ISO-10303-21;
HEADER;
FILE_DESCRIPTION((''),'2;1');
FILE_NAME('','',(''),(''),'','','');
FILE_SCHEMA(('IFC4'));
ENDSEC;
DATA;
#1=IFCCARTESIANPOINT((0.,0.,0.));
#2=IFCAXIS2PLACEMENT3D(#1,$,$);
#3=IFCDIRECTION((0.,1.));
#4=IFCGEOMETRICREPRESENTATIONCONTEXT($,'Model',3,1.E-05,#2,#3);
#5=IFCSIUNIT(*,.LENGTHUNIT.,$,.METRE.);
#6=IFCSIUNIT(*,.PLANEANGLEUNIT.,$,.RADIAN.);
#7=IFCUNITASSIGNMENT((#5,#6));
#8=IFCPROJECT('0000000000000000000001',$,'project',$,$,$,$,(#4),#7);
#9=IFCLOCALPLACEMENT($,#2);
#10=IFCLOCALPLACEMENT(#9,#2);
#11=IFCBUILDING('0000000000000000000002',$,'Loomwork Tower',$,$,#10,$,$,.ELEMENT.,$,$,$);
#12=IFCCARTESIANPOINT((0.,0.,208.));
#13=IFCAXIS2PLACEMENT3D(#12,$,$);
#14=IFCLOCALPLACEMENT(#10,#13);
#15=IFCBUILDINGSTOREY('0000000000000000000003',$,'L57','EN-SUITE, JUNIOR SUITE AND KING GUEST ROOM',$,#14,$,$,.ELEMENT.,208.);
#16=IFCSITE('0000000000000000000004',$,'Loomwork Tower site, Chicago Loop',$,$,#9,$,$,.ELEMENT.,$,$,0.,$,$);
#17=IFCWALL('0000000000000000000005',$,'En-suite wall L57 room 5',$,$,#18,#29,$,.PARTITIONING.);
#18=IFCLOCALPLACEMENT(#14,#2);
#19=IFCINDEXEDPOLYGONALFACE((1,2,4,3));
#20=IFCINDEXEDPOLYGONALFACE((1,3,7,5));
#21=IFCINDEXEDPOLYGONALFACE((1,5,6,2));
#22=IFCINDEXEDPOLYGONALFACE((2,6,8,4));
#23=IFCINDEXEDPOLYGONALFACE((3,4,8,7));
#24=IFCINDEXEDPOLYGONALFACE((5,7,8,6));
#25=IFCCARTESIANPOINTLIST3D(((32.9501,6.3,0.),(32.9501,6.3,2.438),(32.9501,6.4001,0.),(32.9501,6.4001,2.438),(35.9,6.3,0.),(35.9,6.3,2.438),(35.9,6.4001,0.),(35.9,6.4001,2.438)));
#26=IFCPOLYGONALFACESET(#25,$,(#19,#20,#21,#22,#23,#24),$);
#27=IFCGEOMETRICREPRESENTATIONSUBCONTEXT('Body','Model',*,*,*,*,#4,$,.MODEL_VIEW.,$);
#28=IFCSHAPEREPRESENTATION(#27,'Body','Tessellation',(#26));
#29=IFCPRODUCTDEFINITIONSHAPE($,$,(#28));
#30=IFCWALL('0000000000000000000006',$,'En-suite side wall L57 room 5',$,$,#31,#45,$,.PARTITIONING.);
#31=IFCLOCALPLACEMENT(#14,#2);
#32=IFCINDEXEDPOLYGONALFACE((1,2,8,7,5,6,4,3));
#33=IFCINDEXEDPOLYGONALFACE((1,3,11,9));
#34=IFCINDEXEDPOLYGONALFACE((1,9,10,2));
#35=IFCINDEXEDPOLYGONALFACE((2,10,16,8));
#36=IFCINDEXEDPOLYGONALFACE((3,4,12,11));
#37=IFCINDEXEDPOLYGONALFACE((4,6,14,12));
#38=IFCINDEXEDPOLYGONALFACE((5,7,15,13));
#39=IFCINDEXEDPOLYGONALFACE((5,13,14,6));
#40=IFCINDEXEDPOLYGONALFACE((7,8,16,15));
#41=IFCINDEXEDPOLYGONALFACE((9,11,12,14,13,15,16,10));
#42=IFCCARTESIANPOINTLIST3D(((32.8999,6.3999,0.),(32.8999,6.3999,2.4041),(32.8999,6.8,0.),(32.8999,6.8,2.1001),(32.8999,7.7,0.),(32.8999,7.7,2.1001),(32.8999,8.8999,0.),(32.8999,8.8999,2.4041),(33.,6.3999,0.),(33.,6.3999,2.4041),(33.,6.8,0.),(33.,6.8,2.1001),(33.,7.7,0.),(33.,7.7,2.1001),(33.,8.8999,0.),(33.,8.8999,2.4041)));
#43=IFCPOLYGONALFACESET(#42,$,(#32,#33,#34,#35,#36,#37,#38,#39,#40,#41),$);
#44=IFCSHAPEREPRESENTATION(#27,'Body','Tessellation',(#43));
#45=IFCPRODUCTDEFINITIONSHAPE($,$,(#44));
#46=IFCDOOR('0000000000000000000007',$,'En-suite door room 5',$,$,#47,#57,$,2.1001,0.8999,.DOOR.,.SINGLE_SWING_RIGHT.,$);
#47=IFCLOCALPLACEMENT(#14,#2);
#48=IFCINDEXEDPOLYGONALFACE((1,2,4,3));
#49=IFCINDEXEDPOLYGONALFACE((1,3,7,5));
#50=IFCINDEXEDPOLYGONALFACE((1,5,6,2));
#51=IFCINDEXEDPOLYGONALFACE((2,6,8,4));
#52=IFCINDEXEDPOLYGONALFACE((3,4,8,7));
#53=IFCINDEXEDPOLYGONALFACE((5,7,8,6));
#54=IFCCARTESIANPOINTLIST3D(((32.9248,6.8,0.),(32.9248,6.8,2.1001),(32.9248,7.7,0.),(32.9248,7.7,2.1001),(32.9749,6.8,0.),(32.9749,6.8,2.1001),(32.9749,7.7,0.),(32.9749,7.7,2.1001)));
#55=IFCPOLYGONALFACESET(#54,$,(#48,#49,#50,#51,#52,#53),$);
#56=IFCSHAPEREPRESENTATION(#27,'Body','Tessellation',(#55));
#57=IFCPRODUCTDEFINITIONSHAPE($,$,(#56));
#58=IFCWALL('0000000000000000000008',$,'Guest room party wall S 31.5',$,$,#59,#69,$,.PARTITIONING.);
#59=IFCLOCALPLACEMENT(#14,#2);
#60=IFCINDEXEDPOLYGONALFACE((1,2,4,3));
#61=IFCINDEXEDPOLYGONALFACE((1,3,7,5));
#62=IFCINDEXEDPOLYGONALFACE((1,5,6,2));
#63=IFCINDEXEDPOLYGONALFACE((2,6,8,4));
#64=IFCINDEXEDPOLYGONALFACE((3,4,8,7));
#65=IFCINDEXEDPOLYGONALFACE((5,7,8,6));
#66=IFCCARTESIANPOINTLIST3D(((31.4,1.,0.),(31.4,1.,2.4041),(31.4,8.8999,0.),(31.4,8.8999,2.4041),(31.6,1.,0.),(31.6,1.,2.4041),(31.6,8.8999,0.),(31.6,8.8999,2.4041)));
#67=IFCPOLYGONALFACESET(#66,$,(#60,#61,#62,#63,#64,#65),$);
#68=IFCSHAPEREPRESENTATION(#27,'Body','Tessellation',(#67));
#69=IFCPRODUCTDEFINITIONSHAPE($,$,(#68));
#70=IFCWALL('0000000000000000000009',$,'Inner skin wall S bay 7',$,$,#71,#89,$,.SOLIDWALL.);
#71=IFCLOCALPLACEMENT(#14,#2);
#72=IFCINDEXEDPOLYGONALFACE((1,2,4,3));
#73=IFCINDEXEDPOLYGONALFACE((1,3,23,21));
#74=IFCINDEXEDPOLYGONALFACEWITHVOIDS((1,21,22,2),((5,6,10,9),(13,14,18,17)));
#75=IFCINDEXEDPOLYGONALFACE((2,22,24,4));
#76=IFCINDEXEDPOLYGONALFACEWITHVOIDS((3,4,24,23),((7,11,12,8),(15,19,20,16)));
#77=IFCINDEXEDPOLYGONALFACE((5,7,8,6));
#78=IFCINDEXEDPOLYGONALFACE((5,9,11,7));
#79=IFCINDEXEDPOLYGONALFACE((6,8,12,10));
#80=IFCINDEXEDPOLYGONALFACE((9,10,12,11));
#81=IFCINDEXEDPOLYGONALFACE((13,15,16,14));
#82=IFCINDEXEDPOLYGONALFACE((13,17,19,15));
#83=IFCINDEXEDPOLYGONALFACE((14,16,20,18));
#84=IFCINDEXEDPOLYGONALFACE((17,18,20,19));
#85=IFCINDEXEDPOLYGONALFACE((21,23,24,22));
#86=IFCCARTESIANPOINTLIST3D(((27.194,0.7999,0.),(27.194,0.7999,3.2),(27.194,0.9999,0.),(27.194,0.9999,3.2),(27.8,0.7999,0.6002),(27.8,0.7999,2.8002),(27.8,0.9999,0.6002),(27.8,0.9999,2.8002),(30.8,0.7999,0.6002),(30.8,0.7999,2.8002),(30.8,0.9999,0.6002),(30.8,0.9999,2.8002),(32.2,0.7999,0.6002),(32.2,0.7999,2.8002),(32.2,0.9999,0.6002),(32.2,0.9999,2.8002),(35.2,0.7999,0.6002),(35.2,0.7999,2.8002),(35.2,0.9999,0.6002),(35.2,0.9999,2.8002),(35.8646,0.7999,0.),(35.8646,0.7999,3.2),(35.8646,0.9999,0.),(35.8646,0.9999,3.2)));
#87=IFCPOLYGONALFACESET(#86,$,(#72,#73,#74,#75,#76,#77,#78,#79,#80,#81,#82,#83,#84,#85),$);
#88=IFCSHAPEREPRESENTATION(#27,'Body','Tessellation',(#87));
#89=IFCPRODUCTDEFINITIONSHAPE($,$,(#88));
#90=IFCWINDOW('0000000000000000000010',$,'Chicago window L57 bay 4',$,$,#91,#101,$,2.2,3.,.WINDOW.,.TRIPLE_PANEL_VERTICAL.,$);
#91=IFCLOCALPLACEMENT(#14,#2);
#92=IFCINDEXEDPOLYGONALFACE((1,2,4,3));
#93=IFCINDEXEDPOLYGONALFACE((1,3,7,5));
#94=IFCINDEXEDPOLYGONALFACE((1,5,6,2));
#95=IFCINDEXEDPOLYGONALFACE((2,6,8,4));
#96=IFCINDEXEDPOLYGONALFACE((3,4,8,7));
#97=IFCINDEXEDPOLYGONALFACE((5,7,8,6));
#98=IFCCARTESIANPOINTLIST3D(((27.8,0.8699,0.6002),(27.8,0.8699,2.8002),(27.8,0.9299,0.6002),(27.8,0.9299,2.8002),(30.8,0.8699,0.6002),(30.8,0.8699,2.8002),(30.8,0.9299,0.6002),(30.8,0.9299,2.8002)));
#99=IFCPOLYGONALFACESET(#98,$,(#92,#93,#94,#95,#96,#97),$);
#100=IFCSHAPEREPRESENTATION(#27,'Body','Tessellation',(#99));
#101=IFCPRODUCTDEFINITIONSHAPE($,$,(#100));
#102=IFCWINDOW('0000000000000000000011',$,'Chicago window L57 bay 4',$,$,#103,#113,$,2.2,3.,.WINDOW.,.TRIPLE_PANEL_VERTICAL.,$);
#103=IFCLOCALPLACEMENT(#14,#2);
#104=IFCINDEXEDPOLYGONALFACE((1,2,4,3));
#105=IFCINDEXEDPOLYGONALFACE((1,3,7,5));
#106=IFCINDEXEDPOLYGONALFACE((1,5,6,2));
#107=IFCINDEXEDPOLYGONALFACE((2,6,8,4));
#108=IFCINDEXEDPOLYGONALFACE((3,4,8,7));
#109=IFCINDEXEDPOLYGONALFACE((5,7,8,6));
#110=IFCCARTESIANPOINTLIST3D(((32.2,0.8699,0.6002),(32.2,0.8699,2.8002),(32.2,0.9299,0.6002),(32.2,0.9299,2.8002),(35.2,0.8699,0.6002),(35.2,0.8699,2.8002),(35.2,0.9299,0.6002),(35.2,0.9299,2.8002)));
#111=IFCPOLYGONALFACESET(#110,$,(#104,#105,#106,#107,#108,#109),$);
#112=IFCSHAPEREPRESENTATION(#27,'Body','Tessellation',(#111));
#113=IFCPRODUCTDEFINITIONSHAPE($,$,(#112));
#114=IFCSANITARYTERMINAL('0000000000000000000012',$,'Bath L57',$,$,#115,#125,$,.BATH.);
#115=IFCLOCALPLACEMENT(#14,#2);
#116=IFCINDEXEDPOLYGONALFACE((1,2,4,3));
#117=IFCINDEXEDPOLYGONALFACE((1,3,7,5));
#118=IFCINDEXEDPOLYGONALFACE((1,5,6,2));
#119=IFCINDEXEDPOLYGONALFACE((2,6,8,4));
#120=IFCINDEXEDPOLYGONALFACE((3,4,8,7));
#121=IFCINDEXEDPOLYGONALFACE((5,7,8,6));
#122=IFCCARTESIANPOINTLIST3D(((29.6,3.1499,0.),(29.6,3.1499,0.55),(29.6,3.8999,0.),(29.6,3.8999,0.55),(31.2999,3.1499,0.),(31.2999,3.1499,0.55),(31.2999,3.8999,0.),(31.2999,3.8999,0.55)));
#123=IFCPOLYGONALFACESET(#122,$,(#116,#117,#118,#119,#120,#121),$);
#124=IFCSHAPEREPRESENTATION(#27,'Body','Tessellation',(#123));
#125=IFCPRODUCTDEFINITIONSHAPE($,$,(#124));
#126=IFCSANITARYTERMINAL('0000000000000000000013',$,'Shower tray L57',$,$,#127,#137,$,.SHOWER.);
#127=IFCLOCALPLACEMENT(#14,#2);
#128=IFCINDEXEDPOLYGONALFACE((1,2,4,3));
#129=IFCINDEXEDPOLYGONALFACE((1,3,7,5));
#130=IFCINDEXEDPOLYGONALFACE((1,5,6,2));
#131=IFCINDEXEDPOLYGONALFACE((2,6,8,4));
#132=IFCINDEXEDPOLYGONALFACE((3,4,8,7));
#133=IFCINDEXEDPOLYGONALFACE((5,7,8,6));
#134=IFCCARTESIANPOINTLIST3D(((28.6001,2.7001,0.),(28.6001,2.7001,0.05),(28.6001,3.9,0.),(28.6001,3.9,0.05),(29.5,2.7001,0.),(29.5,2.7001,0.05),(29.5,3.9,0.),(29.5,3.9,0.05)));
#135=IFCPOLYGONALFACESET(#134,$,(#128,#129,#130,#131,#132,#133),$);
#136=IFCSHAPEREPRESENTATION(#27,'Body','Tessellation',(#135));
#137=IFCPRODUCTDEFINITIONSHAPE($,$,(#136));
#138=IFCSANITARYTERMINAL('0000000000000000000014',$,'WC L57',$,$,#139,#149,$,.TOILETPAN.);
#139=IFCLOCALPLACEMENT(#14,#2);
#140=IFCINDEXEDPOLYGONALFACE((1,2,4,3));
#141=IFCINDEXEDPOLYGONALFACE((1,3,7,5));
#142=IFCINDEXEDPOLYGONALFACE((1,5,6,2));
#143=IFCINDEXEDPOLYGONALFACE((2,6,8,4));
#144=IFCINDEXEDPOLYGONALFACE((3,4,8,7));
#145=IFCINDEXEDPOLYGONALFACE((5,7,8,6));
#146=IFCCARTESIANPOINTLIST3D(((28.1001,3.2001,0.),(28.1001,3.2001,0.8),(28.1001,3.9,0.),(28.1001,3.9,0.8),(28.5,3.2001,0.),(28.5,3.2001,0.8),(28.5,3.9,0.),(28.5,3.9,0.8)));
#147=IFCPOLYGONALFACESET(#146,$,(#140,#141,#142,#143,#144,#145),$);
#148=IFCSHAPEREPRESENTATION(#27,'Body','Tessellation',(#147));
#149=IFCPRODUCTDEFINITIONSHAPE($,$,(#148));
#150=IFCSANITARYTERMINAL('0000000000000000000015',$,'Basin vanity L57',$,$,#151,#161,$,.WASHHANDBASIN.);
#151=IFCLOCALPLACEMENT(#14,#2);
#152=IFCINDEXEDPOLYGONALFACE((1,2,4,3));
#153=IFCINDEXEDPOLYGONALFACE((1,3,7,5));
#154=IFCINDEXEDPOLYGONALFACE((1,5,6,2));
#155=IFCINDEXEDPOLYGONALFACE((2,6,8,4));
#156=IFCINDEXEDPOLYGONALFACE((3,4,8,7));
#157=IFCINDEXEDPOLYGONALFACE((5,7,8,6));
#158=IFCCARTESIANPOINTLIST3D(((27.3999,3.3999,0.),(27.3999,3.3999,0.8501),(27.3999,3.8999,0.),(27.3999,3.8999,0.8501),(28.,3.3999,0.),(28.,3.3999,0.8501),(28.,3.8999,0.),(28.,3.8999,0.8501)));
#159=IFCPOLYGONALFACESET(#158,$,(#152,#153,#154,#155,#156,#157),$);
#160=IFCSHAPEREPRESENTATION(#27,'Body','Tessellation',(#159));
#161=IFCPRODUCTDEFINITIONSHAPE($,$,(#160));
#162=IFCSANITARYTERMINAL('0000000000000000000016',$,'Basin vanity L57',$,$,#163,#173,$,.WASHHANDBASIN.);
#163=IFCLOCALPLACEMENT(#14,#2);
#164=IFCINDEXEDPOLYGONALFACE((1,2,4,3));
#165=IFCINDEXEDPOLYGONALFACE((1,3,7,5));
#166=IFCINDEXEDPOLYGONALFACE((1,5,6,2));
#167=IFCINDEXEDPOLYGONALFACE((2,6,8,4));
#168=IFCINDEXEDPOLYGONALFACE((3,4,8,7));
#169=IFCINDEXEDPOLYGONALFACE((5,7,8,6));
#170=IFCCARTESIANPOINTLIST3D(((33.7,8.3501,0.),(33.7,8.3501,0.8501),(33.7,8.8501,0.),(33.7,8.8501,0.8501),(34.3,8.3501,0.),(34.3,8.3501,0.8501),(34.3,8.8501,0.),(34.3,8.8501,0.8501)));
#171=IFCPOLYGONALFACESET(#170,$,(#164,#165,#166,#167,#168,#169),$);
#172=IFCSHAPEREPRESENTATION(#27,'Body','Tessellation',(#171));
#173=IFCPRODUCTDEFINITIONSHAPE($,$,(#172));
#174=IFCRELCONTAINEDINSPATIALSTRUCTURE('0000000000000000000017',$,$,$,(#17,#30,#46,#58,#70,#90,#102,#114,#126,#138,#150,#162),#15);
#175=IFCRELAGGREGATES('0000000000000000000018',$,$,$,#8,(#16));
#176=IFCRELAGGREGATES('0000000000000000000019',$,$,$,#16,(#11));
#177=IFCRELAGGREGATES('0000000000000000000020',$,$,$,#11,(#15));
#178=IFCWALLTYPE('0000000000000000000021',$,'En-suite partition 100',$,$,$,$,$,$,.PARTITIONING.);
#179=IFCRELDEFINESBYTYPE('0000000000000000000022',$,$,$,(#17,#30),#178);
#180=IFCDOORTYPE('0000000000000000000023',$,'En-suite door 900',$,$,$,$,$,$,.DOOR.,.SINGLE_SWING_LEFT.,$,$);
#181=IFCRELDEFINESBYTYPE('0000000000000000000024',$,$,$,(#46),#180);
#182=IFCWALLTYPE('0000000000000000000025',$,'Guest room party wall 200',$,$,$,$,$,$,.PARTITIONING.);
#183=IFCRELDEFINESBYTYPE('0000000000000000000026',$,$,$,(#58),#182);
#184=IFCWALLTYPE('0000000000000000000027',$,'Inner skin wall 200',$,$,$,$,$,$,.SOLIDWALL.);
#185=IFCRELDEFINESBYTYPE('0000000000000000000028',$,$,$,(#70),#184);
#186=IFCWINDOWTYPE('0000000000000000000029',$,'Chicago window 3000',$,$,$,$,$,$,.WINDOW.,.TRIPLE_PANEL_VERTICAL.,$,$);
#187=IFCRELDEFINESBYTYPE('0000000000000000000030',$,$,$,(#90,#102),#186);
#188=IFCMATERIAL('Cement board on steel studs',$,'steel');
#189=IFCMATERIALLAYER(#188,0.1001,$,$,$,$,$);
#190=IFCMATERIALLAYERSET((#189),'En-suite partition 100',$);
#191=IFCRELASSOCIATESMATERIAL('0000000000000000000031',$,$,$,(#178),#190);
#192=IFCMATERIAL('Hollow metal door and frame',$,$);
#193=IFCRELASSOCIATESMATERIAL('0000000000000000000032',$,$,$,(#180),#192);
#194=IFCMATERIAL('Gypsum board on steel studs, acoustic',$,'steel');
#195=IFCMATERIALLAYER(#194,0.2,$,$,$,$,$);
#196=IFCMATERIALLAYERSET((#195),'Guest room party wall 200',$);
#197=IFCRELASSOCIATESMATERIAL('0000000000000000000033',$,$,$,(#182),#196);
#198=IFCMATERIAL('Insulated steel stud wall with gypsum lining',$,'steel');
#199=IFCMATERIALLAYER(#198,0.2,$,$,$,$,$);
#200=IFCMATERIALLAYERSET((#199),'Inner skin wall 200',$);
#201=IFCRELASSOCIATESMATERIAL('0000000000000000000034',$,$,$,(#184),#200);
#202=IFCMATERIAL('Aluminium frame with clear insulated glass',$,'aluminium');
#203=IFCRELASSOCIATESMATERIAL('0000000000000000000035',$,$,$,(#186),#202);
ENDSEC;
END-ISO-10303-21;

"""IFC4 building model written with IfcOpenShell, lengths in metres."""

from ifc_helpers import new_model, si_unit, direction, frame, frame_2d, origin, origin_2d, place, context, subcontext, project, spatial, rectangle, extrude, material, layer, layer_set, type_object, element, fill, save


model = new_model("IFC4")

# Units and contexts
model_context = context("Model", 3, precision=1e-05, world=origin(), true_north=direction((0.0, 1.0)))
body_context = subcontext(model_context, "Body", "Model", "MODEL_VIEW")
ifc_project = project(units=[si_unit("LENGTHUNIT", "METRE"), si_unit("PLANEANGLEUNIT", "RADIAN")], contexts=[model_context])

# Site, building, storey
site_placement = place(None, origin())
site = spatial("IfcSite", under=ifc_project, at=site_placement, Name="Loomwork Tower site, Chicago Loop", CompositionType="ELEMENT", RefElevation=0.0)
building_placement = place(site_placement, origin())
building = spatial("IfcBuilding", under=site, at=building_placement, Name="Loomwork Tower", CompositionType="ELEMENT")
storey_placement = place(building_placement, frame((0.0, 0.0, 208.0)))
storey = spatial("IfcBuildingStorey", under=building, at=storey_placement, Name="L57", Description="EN-SUITE, JUNIOR SUITE AND KING GUEST ROOM", CompositionType="ELEMENT", Elevation=208.0)

# Wall
ifc_material_1 = material(Name="Cement board on steel studs", Category="steel")
ifc_layer_1 = layer(ifc_material_1, 0.1001)
ifc_layer_set_1 = layer_set([ifc_layer_1], Name="En-suite partition 100")
wall_type_1 = type_object("IfcWallType", Name="En-suite partition 100", PredefinedType="PARTITIONING", material=ifc_layer_set_1)
wall_1_placement = place(storey_placement, frame((32.95, 6.3501, 0.0), z_axis=(0.0, 0.0, 1.0), x_axis=(1.0, 0.0, 0.0)))
element("IfcWall", 1, at=wall_1_placement, inside=storey, type_object=wall_type_1, Name="En-suite wall L57 room 5", PredefinedType="PARTITIONING", context=body_context, shape_type="SweptSolid", body=[
    extrude(rectangle(XDim=2.95, YDim=0.1001, at=frame_2d((1.4751, 0.0))), origin(), (0.0, 0.0, 1.0), 2.438),
])

# Wall, opening, door
wall_2_placement = place(storey_placement, frame((32.95, 8.8999, 0.0), z_axis=(0.0, 0.0, 1.0), x_axis=(0.0, -1.0, 0.0)))
wall_2 = element("IfcWall", 2, at=wall_2_placement, inside=storey, type_object=wall_type_1, Name="En-suite side wall L57 room 5", PredefinedType="PARTITIONING", context=body_context, shape_type="SweptSolid", body=[
    extrude(rectangle(XDim=2.5, YDim=0.1001, at=frame_2d((1.25, 0.0))), origin(), (0.0, 0.0, 1.0), 2.4041),
])
opening_1_placement = place(wall_2_placement, frame((1.2, 0.0, 0.0)))
opening_1 = element("IfcOpeningElement", 3, at=opening_1_placement, cuts=wall_2, PredefinedType="OPENING", context=body_context, shape_type="SweptSolid", body=[
    extrude(rectangle(XDim=0.8999, YDim=2.1001, at=frame_2d((0.45, 1.05))), frame((0.0, 0.0601, 0.0), z_axis=(0.0, -1.0, 0.0), x_axis=(1.0, 0.0, 0.0)), (0.0, 0.0, 1.0), 0.1201),
])
ifc_material_2 = material(Name="Hollow metal door and frame")
door_type_1 = type_object("IfcDoorType", Name="En-suite door 900", OperationType="SINGLE_SWING_LEFT", PredefinedType="DOOR", material=ifc_material_2)
door_1_placement = place(opening_1_placement, origin())
door_1 = element("IfcDoor", 4, at=door_1_placement, inside=storey, type_object=door_type_1, Name="En-suite door room 5", OperationType="SINGLE_SWING_RIGHT", OverallHeight=2.1001, OverallWidth=0.8999, PredefinedType="DOOR", context=body_context, shape_type="SweptSolid", body=[
    extrude(rectangle(XDim=0.8999, YDim=2.1001, at=frame_2d((0.45, 1.05))), frame((0.0, 0.0249, 0.0), z_axis=(0.0, -1.0, 0.0), x_axis=(1.0, 0.0, 0.0)), (0.0, 0.0, 1.0), 0.05),
])
fill(opening_1, door_1)

# Wall
ifc_material_3 = material(Name="Gypsum board on steel studs, acoustic", Category="steel")
ifc_layer_2 = layer(ifc_material_3, 0.2)
ifc_layer_set_2 = layer_set([ifc_layer_2], Name="Guest room party wall 200")
wall_type_2 = type_object("IfcWallType", Name="Guest room party wall 200", PredefinedType="PARTITIONING", material=ifc_layer_set_2)
wall_3_placement = place(storey_placement, frame((31.5, 8.8999, 0.0), z_axis=(0.0, 0.0, 1.0), x_axis=(0.0, -1.0, 0.0)))
element("IfcWall", 5, at=wall_3_placement, inside=storey, type_object=wall_type_2, Name="Guest room party wall S 31.5", PredefinedType="PARTITIONING", context=body_context, shape_type="SweptSolid", body=[
    extrude(rectangle(XDim=7.8999, YDim=0.2, at=frame_2d((3.95, 0.0))), origin(), (0.0, 0.0, 1.0), 2.4041),
])

# Wall, openings, windows
ifc_material_4 = material(Name="Insulated steel stud wall with gypsum lining", Category="steel")
ifc_layer_3 = layer(ifc_material_4, 0.2)
ifc_layer_set_3 = layer_set([ifc_layer_3], Name="Inner skin wall 200")
wall_type_3 = type_object("IfcWallType", Name="Inner skin wall 200", PredefinedType="SOLIDWALL", material=ifc_layer_set_3)
wall_4_placement = place(storey_placement, frame((27.1938, 0.8999, 0.0), z_axis=(0.0, 0.0, 1.0), x_axis=(1.0, 0.0, 0.0)))
wall_4 = element("IfcWall", 6, at=wall_4_placement, inside=storey, type_object=wall_type_3, Name="Inner skin wall S bay 7", PredefinedType="SOLIDWALL", context=body_context, shape_type="SweptSolid", body=[
    extrude(rectangle(XDim=8.6707, YDim=0.2, at=frame_2d((4.3354, 0.0))), origin(), (0.0, 0.0, 1.0), 3.2),
])
opening_2_placement = place(wall_4_placement, frame((0.6062, 0.0, 0.6001)))
opening_2 = element("IfcOpeningElement", 7, at=opening_2_placement, cuts=wall_4, PredefinedType="OPENING", context=body_context, shape_type="SweptSolid", body=[
    extrude(rectangle(XDim=3.0, YDim=2.2, at=frame_2d((1.5, 1.1001))), frame((0.0, 0.1099, 0.0), z_axis=(0.0, -1.0, 0.0), x_axis=(1.0, 0.0, 0.0)), (0.0, 0.0, 1.0), 0.22),
])
opening_3_placement = place(wall_4_placement, frame((5.0061, 0.0, 0.6001)))
opening_3 = element("IfcOpeningElement", 8, at=opening_3_placement, cuts=wall_4, PredefinedType="OPENING", context=body_context, shape_type="SweptSolid", body=[
    extrude(rectangle(XDim=3.0, YDim=2.2, at=frame_2d((1.5, 1.1001))), frame((0.0, 0.1099, 0.0), z_axis=(0.0, -1.0, 0.0), x_axis=(1.0, 0.0, 0.0)), (0.0, 0.0, 1.0), 0.22),
])
ifc_material_5 = material(Name="Aluminium frame with clear insulated glass", Category="aluminium")
window_type = type_object("IfcWindowType", Name="Chicago window 3000", PartitioningType="TRIPLE_PANEL_VERTICAL", PredefinedType="WINDOW", material=ifc_material_5)
window_1_placement = place(opening_2_placement, origin())
window_1 = element("IfcWindow", 9, at=window_1_placement, inside=storey, type_object=window_type, Name="Chicago window L57 bay 4", OverallHeight=2.2, OverallWidth=3.0, PartitioningType="TRIPLE_PANEL_VERTICAL", PredefinedType="WINDOW", context=body_context, shape_type="SweptSolid", body=[
    extrude(rectangle(XDim=3.0, YDim=2.2, at=frame_2d((1.5, 1.1001))), frame((0.0, 0.03, 0.0), z_axis=(0.0, -1.0, 0.0), x_axis=(1.0, 0.0, 0.0)), (0.0, 0.0, 1.0), 0.0601),
])
fill(opening_2, window_1)
window_2_placement = place(opening_3_placement, origin())
window_2 = element("IfcWindow", 10, at=window_2_placement, inside=storey, type_object=window_type, Name="Chicago window L57 bay 4", OverallHeight=2.2, OverallWidth=3.0, PartitioningType="TRIPLE_PANEL_VERTICAL", PredefinedType="WINDOW", context=body_context, shape_type="SweptSolid", body=[
    extrude(rectangle(XDim=3.0, YDim=2.2, at=frame_2d((1.5, 1.1001))), frame((0.0, 0.03, 0.0), z_axis=(0.0, -1.0, 0.0), x_axis=(1.0, 0.0, 0.0)), (0.0, 0.0, 1.0), 0.0601),
])
fill(opening_3, window_2)

# Sanitary terminals
sanitary_terminal_1_placement = place(storey_placement, frame((30.45, 3.5249, 0.0), z_axis=(0.0, 0.0, 1.0), x_axis=(1.0, 0.0, 0.0)))
element("IfcSanitaryTerminal", 11, at=sanitary_terminal_1_placement, inside=storey, Name="Bath L57", PredefinedType="BATH", context=body_context, shape_type="SweptSolid", body=[
    extrude(rectangle(XDim=1.7, YDim=0.75, at=origin_2d()), origin(), (0.0, 0.0, 1.0), 0.55),
])
sanitary_terminal_2_placement = place(storey_placement, frame((29.05, 3.3, 0.0), z_axis=(0.0, 0.0, 1.0), x_axis=(1.0, 0.0, 0.0)))
element("IfcSanitaryTerminal", 12, at=sanitary_terminal_2_placement, inside=storey, Name="Shower tray L57", PredefinedType="SHOWER", context=body_context, shape_type="SweptSolid", body=[
    extrude(rectangle(XDim=0.8999, YDim=1.2, at=origin_2d()), origin(), (0.0, 0.0, 1.0), 0.05),
])
sanitary_terminal_3_placement = place(storey_placement, frame((28.3, 3.55, 0.0), z_axis=(0.0, 0.0, 1.0), x_axis=(1.0, 0.0, 0.0)))
element("IfcSanitaryTerminal", 13, at=sanitary_terminal_3_placement, inside=storey, Name="WC L57", PredefinedType="TOILETPAN", context=body_context, shape_type="SweptSolid", body=[
    extrude(rectangle(XDim=0.3999, YDim=0.7, at=origin_2d()), origin(), (0.0, 0.0, 1.0), 0.8),
])
for number, where, z_axis, x_axis, name in (
    (14, (27.7, 3.6499, 0.0), (0.0, 0.0, 1.0), (1.0, 0.0, 0.0), "Basin vanity L57"),
    (15, (34.0, 8.6001, 0.0), (0.0, 0.0, 1.0), (1.0, 0.0, 0.0), "Basin vanity L57"),
):
    element("IfcSanitaryTerminal", number, at=place(storey_placement, frame(where, z_axis=z_axis, x_axis=x_axis)), inside=storey, Name=name, PredefinedType="WASHHANDBASIN", context=body_context, shape_type="SweptSolid", body=[
        extrude(rectangle(XDim=0.6001, YDim=0.5, at=origin_2d()), origin(), (0.0, 0.0, 1.0), 0.8501),
    ])

save(model, "model.ifc")
